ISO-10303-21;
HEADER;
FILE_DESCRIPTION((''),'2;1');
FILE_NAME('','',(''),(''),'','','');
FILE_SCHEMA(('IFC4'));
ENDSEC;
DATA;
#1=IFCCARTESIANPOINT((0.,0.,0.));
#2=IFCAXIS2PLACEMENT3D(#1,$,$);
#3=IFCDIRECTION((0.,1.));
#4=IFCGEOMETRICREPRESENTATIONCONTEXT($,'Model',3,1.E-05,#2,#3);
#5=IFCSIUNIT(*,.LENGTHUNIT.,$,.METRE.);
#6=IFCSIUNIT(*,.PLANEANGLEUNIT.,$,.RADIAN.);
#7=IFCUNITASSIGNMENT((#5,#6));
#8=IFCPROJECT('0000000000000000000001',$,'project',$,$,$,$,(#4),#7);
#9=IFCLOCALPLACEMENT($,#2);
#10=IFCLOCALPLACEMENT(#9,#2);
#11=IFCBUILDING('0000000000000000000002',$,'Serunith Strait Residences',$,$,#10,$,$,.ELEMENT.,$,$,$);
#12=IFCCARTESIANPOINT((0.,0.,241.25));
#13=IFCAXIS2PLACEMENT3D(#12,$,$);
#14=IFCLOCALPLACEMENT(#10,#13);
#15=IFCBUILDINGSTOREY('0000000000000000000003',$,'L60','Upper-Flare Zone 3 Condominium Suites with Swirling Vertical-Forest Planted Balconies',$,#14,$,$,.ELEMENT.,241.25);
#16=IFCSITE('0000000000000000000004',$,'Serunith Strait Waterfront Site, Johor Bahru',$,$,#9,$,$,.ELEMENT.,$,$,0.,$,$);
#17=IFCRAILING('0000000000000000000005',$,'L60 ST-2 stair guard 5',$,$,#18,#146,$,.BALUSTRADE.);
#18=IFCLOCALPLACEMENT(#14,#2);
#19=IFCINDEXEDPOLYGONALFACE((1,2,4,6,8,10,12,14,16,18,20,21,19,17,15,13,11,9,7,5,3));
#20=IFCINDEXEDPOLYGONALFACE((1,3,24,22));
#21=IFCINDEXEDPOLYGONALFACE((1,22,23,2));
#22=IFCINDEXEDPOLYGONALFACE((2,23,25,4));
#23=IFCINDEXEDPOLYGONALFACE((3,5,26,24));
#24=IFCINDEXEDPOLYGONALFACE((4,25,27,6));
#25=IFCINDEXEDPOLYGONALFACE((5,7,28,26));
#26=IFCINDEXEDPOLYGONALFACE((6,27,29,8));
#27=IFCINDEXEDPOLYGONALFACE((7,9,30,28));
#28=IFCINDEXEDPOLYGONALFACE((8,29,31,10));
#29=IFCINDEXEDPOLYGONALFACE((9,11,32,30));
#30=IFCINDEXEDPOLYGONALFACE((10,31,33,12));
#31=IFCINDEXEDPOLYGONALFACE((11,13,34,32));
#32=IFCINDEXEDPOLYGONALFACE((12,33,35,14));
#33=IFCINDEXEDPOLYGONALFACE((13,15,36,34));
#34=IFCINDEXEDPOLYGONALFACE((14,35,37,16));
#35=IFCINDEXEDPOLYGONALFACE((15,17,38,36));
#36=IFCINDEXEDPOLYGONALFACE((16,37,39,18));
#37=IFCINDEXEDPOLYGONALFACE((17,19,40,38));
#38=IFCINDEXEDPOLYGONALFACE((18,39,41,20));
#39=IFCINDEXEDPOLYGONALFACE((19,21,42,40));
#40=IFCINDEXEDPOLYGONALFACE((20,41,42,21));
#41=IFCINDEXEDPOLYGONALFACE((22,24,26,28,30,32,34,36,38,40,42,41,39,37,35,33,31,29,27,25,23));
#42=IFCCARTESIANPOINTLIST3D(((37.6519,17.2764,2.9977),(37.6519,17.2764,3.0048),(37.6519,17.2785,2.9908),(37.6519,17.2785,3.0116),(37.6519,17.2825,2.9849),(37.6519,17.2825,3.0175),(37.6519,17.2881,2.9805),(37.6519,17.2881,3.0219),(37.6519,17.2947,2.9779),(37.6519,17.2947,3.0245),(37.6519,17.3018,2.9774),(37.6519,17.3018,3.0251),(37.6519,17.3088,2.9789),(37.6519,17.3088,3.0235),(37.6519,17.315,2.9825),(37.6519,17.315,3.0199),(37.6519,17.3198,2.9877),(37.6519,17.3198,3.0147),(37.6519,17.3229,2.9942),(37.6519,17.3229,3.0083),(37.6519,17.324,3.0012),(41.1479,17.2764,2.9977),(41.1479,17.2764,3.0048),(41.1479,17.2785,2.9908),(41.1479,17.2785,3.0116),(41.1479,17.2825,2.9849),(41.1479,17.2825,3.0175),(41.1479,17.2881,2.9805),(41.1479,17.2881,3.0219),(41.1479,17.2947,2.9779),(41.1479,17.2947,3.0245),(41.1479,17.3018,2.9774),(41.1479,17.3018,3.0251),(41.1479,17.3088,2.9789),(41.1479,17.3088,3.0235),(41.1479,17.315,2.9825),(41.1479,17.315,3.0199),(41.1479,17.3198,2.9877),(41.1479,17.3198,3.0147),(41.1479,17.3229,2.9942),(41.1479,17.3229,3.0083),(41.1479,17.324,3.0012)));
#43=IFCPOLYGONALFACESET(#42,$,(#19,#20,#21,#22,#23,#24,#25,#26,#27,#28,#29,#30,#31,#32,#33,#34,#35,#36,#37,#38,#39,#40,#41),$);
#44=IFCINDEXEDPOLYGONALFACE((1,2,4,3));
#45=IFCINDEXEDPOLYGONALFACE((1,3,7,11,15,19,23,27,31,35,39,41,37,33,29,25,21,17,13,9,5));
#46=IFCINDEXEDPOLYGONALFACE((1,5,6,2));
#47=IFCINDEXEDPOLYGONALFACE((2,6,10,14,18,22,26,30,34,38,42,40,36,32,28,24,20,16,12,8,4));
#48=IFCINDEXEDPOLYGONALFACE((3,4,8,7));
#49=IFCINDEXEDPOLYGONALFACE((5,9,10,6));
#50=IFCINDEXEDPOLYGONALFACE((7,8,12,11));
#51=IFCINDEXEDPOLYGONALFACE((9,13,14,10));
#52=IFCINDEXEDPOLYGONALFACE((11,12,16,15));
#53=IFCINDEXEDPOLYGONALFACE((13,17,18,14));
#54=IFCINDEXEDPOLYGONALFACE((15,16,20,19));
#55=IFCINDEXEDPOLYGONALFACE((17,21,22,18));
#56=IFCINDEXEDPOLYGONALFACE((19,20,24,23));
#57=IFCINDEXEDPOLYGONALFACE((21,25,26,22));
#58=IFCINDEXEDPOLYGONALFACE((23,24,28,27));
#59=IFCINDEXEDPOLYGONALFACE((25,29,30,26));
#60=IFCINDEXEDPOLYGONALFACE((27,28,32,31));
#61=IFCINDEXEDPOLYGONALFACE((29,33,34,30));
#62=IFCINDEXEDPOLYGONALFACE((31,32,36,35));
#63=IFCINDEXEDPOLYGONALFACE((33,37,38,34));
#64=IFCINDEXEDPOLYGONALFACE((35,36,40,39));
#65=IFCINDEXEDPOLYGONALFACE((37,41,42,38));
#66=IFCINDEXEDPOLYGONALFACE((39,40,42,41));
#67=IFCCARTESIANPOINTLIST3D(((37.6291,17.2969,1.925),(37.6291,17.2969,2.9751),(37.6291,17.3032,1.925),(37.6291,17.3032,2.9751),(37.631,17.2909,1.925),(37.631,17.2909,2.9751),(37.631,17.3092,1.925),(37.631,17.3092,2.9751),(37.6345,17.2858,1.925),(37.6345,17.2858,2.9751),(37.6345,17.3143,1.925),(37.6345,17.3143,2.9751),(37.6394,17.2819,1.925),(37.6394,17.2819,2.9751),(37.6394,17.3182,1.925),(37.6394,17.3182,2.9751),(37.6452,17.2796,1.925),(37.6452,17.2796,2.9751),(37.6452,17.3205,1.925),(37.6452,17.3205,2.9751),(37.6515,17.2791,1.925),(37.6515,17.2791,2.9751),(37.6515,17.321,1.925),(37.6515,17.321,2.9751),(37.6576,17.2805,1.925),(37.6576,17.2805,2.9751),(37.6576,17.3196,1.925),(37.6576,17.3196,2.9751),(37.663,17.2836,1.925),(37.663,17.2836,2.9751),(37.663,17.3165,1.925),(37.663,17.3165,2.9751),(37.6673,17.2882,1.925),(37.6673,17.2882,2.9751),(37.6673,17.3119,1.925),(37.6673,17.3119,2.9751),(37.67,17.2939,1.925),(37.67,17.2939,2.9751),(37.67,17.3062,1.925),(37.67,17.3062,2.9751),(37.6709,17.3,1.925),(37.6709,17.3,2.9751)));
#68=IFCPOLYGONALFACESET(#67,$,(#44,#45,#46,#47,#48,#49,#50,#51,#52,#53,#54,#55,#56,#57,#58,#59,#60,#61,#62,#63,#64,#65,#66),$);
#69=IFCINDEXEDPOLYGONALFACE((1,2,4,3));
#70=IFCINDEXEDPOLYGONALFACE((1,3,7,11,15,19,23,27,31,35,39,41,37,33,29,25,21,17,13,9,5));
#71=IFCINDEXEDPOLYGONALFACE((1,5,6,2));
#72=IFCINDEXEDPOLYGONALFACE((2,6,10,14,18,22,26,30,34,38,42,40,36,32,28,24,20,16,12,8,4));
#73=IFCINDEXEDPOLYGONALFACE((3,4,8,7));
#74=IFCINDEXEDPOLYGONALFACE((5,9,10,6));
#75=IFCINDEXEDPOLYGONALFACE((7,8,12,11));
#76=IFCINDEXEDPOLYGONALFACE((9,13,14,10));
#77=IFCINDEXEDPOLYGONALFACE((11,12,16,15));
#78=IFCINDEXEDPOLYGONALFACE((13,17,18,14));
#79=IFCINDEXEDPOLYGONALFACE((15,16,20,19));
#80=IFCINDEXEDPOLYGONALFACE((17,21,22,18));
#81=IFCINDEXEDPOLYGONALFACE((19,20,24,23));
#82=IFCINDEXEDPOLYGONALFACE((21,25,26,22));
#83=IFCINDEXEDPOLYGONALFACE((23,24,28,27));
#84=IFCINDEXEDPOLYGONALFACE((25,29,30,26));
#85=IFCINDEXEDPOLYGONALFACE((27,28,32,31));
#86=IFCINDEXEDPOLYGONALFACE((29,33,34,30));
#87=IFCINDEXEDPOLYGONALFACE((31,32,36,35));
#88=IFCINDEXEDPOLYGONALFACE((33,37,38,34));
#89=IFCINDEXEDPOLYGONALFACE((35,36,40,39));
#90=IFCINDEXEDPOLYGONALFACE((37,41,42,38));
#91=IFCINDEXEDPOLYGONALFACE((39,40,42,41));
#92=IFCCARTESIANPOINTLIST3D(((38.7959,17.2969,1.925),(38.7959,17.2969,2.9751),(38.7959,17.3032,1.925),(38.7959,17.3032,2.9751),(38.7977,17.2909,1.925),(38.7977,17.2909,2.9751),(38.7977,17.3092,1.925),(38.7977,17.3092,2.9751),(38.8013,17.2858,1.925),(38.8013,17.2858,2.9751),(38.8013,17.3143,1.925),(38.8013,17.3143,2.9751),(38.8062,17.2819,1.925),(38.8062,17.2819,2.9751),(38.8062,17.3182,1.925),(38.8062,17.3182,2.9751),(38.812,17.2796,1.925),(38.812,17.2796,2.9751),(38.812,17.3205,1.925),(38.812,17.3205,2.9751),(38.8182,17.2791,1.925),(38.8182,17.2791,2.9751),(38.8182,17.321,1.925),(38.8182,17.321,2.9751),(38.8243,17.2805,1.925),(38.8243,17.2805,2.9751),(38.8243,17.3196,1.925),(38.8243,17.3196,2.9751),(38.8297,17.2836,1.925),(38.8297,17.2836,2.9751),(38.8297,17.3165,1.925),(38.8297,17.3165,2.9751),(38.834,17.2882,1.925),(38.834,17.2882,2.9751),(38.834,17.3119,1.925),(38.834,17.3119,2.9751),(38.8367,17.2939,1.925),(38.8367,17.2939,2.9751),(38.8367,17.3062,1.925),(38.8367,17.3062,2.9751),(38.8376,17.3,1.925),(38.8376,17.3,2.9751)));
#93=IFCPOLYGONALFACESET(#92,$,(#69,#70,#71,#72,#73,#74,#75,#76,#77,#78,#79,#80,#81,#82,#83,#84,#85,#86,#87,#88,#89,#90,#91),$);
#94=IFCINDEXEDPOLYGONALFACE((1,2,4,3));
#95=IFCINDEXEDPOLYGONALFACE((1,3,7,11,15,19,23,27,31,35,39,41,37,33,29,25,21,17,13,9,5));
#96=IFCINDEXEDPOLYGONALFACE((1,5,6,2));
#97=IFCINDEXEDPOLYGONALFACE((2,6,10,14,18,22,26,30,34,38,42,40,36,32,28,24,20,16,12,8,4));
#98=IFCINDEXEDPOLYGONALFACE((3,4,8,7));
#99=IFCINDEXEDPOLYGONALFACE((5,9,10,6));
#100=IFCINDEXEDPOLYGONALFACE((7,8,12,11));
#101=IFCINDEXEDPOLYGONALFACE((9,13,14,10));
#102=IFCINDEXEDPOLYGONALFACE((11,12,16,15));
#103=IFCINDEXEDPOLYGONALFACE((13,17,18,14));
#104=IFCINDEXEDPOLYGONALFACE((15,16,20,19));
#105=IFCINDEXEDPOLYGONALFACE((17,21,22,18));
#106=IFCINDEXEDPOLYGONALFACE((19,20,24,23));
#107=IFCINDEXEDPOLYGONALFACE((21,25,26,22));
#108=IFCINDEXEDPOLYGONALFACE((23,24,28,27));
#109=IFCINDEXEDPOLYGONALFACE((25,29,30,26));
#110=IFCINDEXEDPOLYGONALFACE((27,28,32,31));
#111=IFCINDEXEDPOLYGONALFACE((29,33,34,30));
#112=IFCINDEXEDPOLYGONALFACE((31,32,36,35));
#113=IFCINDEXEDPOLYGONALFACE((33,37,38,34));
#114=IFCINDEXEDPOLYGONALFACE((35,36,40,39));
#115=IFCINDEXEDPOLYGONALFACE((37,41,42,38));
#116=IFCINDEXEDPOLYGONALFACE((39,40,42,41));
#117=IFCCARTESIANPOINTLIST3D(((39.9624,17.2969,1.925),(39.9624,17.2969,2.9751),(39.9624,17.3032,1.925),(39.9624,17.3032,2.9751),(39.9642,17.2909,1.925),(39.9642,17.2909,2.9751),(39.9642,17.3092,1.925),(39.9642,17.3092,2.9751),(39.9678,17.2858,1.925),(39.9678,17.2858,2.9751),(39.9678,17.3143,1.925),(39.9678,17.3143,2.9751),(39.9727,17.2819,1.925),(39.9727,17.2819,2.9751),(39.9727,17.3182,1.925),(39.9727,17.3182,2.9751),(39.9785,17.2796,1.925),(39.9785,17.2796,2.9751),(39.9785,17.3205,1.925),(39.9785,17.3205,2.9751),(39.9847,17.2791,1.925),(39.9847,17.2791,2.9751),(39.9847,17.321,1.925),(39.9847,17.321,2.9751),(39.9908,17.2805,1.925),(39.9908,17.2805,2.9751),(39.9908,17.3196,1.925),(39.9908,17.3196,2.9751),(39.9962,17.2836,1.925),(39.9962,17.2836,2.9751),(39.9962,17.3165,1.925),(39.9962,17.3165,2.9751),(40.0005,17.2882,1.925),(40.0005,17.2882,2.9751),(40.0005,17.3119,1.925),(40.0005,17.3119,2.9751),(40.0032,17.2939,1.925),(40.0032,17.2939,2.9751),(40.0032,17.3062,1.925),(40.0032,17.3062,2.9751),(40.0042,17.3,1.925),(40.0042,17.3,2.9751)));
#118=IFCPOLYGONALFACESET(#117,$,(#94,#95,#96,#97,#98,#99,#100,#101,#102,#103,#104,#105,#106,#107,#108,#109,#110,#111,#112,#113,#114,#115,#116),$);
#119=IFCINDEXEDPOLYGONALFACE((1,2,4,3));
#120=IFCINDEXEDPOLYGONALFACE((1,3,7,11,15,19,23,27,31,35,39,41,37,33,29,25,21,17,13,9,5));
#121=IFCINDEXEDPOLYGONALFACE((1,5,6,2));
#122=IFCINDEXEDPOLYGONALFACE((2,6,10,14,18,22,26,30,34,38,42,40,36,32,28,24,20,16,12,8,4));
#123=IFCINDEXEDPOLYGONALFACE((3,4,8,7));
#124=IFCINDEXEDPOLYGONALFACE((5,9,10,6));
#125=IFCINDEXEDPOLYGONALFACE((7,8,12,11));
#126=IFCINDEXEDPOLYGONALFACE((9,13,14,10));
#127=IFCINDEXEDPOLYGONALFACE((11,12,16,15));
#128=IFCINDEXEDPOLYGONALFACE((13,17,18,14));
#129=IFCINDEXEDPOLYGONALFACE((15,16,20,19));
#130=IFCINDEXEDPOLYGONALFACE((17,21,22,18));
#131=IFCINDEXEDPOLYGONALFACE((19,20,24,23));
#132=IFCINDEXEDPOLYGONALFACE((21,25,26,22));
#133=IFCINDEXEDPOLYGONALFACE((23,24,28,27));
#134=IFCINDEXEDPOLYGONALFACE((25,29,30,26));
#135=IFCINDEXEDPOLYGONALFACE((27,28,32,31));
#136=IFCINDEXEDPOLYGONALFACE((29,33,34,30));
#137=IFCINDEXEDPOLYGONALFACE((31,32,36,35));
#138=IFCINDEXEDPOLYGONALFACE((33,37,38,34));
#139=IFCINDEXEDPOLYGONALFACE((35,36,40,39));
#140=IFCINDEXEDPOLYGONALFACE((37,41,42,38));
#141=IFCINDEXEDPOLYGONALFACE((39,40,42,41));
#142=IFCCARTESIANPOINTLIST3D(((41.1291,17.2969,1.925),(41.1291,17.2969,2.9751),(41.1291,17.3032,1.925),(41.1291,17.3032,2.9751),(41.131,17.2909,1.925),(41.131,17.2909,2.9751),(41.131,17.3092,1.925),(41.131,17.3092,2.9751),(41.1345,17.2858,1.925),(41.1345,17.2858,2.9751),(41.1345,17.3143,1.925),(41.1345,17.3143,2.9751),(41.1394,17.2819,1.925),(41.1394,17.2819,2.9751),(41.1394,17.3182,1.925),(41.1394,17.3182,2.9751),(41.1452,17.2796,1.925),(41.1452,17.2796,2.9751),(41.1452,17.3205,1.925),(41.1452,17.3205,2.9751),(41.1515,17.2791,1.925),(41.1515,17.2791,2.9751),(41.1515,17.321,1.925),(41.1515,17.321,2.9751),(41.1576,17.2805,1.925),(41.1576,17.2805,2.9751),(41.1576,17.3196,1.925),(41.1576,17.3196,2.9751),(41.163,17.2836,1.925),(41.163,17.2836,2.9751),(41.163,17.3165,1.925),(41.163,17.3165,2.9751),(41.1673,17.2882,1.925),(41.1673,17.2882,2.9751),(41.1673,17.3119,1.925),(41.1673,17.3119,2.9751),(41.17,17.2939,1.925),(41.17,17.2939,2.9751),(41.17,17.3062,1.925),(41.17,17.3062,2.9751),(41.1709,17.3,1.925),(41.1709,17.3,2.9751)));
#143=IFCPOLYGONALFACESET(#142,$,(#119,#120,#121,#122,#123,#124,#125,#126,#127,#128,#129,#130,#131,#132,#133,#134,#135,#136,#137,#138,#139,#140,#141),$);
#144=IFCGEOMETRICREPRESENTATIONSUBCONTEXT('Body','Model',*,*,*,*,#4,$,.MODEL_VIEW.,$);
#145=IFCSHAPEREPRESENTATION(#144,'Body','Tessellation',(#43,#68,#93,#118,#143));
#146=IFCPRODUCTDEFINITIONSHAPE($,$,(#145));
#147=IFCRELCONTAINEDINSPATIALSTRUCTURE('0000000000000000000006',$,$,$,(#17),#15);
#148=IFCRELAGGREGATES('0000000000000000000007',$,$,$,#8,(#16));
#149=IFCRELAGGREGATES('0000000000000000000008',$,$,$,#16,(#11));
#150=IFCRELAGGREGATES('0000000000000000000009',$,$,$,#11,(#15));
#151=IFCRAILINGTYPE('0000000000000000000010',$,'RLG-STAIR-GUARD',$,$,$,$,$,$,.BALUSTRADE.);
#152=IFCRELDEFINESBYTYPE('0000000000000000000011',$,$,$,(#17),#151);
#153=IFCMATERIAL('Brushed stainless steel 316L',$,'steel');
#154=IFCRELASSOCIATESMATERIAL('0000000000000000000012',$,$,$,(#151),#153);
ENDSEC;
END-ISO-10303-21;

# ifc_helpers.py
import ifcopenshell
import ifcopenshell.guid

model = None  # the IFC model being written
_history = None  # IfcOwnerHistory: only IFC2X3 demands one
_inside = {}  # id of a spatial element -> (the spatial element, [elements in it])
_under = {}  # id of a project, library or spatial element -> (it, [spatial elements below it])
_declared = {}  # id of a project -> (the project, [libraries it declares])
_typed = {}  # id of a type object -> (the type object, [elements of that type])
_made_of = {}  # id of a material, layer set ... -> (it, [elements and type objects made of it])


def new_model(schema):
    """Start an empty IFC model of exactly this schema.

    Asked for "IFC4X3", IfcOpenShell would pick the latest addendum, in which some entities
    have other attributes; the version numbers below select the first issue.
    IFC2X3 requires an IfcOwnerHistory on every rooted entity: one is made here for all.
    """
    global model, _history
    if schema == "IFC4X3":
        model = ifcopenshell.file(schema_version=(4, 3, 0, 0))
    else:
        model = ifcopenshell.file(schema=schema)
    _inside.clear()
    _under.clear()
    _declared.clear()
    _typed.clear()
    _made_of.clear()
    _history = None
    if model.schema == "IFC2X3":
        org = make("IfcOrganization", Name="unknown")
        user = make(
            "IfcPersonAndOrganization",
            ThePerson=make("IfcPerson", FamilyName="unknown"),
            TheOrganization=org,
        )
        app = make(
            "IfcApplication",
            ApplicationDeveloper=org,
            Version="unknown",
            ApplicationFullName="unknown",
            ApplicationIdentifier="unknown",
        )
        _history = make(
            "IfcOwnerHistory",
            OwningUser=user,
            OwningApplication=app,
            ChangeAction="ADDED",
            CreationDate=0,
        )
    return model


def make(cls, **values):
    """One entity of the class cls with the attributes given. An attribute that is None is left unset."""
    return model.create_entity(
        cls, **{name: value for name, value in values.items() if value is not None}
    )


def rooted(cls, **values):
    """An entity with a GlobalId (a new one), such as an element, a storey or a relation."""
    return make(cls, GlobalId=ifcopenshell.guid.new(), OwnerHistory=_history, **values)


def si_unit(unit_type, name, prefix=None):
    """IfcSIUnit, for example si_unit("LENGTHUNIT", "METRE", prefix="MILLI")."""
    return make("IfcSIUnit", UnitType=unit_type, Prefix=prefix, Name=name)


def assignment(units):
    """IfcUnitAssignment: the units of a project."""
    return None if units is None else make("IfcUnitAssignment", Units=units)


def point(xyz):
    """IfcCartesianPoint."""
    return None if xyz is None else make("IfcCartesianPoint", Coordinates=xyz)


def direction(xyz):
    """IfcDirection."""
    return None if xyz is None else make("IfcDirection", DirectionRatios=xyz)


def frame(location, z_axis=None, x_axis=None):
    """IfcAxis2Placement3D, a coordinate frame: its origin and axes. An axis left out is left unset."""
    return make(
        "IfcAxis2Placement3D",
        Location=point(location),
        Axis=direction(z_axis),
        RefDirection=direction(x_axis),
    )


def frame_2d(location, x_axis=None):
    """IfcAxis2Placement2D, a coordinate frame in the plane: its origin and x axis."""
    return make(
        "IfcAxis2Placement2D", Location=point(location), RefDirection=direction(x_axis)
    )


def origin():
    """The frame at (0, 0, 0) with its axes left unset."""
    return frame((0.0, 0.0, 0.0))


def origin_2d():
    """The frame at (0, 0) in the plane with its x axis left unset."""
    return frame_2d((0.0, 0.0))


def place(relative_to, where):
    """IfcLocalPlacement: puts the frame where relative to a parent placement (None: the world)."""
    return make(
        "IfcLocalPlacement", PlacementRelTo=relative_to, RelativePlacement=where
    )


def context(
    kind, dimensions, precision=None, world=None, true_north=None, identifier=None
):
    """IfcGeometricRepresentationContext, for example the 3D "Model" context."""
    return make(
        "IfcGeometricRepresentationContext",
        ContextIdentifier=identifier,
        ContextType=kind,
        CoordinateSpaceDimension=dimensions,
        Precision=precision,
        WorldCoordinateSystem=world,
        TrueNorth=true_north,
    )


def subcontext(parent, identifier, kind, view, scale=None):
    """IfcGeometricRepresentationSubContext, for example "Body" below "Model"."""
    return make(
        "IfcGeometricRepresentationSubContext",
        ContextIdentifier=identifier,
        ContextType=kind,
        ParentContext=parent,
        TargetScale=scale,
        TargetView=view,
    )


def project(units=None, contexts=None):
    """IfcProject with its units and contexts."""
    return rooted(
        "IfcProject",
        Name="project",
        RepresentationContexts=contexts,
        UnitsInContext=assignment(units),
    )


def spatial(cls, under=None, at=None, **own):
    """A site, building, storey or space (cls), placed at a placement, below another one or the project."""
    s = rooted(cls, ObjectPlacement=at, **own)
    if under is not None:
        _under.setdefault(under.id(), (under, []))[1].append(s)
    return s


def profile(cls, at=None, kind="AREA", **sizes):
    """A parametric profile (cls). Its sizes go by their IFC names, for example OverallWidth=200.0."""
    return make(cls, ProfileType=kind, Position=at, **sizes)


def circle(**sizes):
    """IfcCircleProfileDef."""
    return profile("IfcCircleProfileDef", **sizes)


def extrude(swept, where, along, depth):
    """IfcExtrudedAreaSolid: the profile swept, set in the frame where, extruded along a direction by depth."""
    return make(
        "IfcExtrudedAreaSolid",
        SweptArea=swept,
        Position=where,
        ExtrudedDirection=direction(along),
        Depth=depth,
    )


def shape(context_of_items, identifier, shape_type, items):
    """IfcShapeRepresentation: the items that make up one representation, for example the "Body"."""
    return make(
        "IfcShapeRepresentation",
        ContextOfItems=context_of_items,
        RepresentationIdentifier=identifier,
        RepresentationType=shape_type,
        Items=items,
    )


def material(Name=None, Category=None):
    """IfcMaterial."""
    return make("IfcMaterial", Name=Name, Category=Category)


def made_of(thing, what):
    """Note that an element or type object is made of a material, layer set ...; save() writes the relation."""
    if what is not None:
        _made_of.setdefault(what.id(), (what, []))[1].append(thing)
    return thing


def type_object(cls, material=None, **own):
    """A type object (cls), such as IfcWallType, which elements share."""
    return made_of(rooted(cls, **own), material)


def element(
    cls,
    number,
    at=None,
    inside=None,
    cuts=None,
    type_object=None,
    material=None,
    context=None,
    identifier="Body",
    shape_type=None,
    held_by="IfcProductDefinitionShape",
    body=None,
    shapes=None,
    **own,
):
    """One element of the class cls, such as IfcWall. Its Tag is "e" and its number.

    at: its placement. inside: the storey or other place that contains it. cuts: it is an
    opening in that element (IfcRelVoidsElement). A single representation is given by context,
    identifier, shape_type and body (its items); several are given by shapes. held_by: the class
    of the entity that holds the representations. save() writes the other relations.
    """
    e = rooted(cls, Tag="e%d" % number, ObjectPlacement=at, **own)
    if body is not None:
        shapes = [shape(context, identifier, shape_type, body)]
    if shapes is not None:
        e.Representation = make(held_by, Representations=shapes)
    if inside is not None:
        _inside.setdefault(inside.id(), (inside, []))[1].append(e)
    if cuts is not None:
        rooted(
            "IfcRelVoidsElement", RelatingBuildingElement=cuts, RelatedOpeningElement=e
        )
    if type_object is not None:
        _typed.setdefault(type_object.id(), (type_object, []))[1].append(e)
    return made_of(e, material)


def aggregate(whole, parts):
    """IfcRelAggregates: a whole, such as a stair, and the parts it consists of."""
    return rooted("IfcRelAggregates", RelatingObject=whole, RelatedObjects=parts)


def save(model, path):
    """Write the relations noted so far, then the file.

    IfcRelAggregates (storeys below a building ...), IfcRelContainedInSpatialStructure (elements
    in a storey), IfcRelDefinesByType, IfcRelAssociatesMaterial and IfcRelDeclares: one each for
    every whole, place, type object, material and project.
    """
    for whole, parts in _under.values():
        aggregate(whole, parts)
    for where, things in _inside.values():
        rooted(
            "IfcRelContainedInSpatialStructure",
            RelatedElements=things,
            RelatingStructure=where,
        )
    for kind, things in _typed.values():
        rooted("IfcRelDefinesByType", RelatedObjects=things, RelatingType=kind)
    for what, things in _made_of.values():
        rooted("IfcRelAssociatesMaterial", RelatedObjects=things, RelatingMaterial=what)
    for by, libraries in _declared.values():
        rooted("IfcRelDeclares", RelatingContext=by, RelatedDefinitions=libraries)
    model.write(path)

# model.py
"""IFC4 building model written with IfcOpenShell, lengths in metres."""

from ifc_helpers import new_model, si_unit, direction, frame, origin, origin_2d, place, context, subcontext, project, spatial, circle, extrude, material, type_object, element, save


model = new_model("IFC4")

# Units and contexts
model_context = context("Model", 3, precision=1e-05, world=origin(), true_north=direction((0.0, 1.0)))
body_context = subcontext(model_context, "Body", "Model", "MODEL_VIEW")
ifc_project = project(units=[si_unit("LENGTHUNIT", "METRE"), si_unit("PLANEANGLEUNIT", "RADIAN")], contexts=[model_context])

# Site, building, storey
site_placement = place(None, origin())
site = spatial("IfcSite", under=ifc_project, at=site_placement, Name="Serunith Strait Waterfront Site, Johor Bahru", CompositionType="ELEMENT", RefElevation=0.0)
building_placement = place(site_placement, origin())
building = spatial("IfcBuilding", under=site, at=building_placement, Name="Serunith Strait Residences", CompositionType="ELEMENT")
storey_placement = place(building_placement, frame((0.0, 0.0, 241.25)))
storey = spatial("IfcBuildingStorey", under=building, at=storey_placement, Name="L60", Description="Upper-Flare Zone 3 Condominium Suites with Swirling Vertical-Forest Planted Balconies", CompositionType="ELEMENT", Elevation=241.25)

# Railing
ifc_material_1 = material(Name="Brushed stainless steel 316L", Category="steel")
railing_type_1 = type_object("IfcRailingType", Name="RLG-STAIR-GUARD", PredefinedType="BALUSTRADE", material=ifc_material_1)
railing_1_placement = place(storey_placement, frame((37.6499, 17.3, 1.925)))
element("IfcRailing", 1, at=railing_1_placement, inside=storey, type_object=railing_type_1, Name="L60 ST-2 stair guard 5", PredefinedType="BALUSTRADE", context=body_context, shape_type="SweptSolid", body=[
    extrude(circle(Radius=0.0239, at=origin_2d()), frame((0.002, 0.0, 1.0762), z_axis=(1.0, 0.0, 0.0), x_axis=(0.0, 1.0, 0.0)), (0.0, 0.0, 1.0), 3.4961),
    extrude(circle(Radius=0.021, at=origin_2d()), origin(), (0.0, 0.0, 1.0), 1.05),
    extrude(circle(Radius=0.021, at=origin_2d()), frame((1.1667, 0.0, 0.0)), (0.0, 0.0, 1.0), 1.05),
    extrude(circle(Radius=0.021, at=origin_2d()), frame((2.3333, 0.0, 0.0)), (0.0, 0.0, 1.0), 1.05),
    extrude(circle(Radius=0.021, at=origin_2d()), frame((3.5, 0.0, 0.0)), (0.0, 0.0, 1.0), 1.05),
])

save(model, "model.ifc")
